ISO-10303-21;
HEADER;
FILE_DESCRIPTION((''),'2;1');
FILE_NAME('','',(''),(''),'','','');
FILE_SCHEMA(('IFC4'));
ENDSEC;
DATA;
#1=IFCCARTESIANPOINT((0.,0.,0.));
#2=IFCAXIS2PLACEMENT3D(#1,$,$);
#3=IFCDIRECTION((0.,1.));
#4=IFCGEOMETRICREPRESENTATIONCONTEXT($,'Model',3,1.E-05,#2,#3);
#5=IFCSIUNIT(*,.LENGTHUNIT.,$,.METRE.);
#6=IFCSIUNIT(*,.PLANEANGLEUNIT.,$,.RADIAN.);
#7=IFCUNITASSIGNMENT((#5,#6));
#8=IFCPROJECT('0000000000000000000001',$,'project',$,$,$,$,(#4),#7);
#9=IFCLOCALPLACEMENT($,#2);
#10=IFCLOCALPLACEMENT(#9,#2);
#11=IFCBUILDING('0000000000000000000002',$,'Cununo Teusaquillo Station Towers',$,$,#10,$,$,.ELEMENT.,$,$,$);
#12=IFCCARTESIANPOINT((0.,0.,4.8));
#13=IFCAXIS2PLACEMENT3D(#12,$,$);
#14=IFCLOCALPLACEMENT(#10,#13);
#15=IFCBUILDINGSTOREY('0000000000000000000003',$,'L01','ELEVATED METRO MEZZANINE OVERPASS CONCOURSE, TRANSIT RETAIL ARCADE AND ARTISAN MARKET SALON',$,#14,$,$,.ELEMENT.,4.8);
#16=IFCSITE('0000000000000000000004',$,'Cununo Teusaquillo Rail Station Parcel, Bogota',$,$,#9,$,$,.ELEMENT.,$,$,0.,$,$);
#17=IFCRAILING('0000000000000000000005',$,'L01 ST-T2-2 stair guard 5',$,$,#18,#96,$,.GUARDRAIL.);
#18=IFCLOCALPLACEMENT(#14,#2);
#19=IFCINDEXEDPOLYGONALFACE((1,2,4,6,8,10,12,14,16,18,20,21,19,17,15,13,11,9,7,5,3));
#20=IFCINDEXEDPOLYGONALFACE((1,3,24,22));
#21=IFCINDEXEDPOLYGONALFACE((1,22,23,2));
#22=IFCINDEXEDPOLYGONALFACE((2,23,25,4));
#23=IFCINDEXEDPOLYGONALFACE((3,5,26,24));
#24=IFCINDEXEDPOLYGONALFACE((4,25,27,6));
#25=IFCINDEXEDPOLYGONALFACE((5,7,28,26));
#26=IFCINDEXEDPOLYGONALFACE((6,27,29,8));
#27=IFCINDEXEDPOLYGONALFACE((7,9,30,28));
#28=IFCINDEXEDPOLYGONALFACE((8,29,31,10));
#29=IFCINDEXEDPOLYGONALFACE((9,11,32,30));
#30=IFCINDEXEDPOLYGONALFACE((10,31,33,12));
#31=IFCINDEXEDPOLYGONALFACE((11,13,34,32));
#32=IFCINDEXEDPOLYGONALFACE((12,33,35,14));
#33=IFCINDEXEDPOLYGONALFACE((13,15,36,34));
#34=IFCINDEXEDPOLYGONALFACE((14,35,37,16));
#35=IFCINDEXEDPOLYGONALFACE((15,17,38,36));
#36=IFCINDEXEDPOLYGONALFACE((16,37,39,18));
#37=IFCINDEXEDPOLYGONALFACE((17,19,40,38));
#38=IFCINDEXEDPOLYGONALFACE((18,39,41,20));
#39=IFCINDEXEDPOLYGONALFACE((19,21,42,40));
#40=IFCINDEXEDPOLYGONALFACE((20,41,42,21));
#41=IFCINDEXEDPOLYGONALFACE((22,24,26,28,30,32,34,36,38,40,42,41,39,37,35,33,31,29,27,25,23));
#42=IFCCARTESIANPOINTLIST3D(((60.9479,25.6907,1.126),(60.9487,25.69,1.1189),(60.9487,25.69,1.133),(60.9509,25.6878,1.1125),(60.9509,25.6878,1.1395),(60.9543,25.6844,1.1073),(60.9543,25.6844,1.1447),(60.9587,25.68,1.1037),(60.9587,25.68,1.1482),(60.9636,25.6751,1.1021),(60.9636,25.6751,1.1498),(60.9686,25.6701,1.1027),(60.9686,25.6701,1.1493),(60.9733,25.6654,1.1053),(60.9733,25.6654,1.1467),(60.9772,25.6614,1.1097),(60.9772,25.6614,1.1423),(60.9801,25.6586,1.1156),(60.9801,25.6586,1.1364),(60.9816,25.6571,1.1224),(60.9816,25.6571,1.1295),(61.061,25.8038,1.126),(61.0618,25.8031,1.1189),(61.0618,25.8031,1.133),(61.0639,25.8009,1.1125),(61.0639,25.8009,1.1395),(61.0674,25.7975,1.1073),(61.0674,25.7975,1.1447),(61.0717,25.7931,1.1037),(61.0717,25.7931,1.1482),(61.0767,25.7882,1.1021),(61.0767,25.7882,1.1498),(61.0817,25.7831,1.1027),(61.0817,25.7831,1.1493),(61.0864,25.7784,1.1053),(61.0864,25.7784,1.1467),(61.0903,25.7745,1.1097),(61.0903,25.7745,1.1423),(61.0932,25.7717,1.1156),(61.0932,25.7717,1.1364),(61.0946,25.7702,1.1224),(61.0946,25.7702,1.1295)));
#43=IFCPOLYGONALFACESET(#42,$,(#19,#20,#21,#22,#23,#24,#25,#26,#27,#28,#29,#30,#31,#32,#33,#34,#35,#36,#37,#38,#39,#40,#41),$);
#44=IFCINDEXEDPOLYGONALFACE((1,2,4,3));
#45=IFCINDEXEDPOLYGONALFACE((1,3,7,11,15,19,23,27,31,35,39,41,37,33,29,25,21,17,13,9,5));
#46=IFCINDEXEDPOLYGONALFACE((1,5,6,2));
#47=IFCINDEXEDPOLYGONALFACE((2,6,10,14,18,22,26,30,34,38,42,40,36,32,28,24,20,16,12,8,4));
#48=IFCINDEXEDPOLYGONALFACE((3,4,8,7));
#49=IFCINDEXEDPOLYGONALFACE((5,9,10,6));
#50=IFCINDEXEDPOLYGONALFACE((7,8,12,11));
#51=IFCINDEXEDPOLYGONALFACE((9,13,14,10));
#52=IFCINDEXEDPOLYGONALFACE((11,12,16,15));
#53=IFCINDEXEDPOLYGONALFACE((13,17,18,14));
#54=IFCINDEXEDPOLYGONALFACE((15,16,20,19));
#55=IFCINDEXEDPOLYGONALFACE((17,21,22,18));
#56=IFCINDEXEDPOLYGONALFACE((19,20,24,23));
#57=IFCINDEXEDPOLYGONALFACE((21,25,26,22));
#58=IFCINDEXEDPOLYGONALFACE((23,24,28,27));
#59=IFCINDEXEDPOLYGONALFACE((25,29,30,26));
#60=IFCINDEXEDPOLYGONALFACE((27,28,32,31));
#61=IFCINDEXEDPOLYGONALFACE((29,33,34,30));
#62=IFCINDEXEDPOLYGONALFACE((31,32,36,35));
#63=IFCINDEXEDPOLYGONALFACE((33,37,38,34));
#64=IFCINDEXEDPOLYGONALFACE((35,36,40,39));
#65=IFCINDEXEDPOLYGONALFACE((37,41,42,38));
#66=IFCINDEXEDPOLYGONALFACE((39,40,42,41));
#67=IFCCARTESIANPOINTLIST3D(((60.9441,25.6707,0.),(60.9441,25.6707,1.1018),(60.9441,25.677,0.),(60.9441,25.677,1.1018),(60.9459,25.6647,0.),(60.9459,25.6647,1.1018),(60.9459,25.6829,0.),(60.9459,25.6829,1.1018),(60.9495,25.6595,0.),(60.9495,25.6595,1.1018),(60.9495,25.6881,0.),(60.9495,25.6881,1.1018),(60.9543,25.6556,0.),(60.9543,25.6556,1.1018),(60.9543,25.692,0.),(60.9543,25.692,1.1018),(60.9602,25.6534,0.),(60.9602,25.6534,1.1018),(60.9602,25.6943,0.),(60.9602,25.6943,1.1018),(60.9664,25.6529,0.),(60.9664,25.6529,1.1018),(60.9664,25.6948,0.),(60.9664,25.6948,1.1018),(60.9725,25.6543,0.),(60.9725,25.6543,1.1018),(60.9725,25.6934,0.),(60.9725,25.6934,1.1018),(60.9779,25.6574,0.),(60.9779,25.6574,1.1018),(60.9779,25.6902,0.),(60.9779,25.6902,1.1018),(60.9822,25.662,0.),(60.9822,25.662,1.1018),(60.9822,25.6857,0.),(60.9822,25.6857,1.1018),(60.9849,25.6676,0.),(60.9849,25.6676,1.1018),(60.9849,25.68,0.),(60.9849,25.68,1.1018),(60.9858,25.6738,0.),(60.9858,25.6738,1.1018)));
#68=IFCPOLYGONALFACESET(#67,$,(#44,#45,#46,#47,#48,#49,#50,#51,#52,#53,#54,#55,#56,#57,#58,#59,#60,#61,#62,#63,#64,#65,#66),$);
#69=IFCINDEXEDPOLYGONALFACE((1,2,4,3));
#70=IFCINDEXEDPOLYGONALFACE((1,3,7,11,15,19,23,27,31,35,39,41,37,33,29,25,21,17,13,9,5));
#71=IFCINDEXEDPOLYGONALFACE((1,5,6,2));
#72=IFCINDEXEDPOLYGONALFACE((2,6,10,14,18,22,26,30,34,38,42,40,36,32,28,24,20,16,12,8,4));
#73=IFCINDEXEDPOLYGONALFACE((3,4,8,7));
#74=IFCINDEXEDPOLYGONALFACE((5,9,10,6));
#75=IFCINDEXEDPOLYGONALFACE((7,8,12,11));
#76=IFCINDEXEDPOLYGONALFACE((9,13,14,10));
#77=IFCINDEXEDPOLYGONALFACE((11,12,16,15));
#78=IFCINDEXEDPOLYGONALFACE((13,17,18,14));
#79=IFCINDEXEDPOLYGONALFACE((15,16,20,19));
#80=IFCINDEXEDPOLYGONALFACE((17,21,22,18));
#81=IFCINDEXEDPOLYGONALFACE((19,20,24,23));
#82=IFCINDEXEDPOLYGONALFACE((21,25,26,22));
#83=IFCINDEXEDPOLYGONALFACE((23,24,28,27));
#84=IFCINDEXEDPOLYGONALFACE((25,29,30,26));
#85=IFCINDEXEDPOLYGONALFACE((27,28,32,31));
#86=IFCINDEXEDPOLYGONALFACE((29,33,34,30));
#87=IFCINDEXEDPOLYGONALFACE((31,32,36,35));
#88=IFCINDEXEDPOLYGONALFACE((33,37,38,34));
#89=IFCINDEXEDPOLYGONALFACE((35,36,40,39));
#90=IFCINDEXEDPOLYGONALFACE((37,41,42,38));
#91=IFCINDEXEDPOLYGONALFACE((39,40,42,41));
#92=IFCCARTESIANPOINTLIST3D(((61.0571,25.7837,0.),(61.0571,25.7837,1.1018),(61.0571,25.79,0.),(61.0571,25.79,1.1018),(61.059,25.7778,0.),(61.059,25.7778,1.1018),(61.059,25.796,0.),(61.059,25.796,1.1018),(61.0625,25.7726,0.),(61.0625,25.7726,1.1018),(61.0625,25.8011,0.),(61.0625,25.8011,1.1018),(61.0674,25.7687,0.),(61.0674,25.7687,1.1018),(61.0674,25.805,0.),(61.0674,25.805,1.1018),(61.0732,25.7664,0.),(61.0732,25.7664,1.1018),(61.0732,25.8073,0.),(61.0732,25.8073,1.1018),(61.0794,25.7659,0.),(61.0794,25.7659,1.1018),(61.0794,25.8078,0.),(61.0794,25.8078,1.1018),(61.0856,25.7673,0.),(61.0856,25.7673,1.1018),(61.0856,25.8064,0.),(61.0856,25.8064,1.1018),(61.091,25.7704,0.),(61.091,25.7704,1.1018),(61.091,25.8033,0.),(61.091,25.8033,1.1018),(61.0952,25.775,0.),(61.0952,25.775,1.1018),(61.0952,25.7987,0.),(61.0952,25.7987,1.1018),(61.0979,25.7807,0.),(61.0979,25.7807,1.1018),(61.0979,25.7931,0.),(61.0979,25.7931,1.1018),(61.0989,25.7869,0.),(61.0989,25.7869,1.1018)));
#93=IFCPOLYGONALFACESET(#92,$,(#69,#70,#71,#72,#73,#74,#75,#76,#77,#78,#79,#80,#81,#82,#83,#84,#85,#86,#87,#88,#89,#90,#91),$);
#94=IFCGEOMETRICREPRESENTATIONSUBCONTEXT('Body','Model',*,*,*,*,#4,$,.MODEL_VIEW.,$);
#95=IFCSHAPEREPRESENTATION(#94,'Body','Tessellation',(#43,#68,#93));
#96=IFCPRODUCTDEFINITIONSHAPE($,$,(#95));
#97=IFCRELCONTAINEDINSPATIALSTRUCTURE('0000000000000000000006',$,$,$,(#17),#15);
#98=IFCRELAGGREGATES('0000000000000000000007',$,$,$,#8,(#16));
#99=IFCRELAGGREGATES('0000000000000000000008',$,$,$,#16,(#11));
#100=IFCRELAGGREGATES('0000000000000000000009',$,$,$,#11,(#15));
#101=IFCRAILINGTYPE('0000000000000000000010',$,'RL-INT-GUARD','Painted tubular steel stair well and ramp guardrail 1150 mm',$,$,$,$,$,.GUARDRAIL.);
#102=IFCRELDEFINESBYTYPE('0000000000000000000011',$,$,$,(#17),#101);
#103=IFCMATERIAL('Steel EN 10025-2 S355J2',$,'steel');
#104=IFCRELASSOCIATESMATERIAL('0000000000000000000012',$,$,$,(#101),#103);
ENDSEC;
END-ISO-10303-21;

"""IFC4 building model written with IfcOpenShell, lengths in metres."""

from ifc_helpers import new_model, si_unit, direction, frame, origin, origin_2d, place, context, subcontext, project, spatial, circle, extrude, material, type_object, element, save


model = new_model("IFC4")

# Units and contexts
model_context = context("Model", 3, precision=1e-05, world=origin(), true_north=direction((0.0, 1.0)))
body_context = subcontext(model_context, "Body", "Model", "MODEL_VIEW")
ifc_project = project(units=[si_unit("LENGTHUNIT", "METRE"), si_unit("PLANEANGLEUNIT", "RADIAN")], contexts=[model_context])

# Site, building, storey
site_placement = place(None, origin())
site = spatial("IfcSite", under=ifc_project, at=site_placement, Name="Cununo Teusaquillo Rail Station Parcel, Bogota", CompositionType="ELEMENT", RefElevation=0.0)
building_placement = place(site_placement, origin())
building = spatial("IfcBuilding", under=site, at=building_placement, Name="Cununo Teusaquillo Station Towers", CompositionType="ELEMENT")
storey_placement = place(building_placement, frame((0.0, 0.0, 4.8)))
storey = spatial("IfcBuildingStorey", under=building, at=storey_placement, Name="L01", Description="ELEVATED METRO MEZZANINE OVERPASS CONCOURSE, TRANSIT RETAIL ARCADE AND ARTISAN MARKET SALON", CompositionType="ELEMENT", Elevation=4.8)

# Railing
ifc_material_1 = material(Name="Steel EN 10025-2 S355J2", Category="steel")
railing_type_1 = type_object("IfcRailingType", Name="RL-INT-GUARD", Description="Painted tubular steel stair well and ramp guardrail 1150 mm", PredefinedType="GUARDRAIL", material=ifc_material_1)
railing_1_placement = place(storey_placement, frame((60.9648, 25.6738, 0.0)))
element("IfcRailing", 1, at=railing_1_placement, inside=storey, type_object=railing_type_1, Name="L01 ST-T2-2 stair guard 5", PredefinedType="GUARDRAIL", context=body_context, shape_type="SweptSolid", body=[
    extrude(circle(Radius=0.0239, at=origin_2d()), frame((0.0, 0.0, 1.126), z_axis=(0.707107, 0.707107, 0.0), x_axis=(-0.707107, 0.707107, 0.0)), (0.0, 0.0, 1.0), 0.1599),
    extrude(circle(Radius=0.021, at=origin_2d()), origin(), (0.0, 0.0, 1.0), 1.1018),
    extrude(circle(Radius=0.021, at=origin_2d()), frame((0.113, 0.113, 0.0)), (0.0, 0.0, 1.0), 1.1018),
])

save(model, "model.ifc")
